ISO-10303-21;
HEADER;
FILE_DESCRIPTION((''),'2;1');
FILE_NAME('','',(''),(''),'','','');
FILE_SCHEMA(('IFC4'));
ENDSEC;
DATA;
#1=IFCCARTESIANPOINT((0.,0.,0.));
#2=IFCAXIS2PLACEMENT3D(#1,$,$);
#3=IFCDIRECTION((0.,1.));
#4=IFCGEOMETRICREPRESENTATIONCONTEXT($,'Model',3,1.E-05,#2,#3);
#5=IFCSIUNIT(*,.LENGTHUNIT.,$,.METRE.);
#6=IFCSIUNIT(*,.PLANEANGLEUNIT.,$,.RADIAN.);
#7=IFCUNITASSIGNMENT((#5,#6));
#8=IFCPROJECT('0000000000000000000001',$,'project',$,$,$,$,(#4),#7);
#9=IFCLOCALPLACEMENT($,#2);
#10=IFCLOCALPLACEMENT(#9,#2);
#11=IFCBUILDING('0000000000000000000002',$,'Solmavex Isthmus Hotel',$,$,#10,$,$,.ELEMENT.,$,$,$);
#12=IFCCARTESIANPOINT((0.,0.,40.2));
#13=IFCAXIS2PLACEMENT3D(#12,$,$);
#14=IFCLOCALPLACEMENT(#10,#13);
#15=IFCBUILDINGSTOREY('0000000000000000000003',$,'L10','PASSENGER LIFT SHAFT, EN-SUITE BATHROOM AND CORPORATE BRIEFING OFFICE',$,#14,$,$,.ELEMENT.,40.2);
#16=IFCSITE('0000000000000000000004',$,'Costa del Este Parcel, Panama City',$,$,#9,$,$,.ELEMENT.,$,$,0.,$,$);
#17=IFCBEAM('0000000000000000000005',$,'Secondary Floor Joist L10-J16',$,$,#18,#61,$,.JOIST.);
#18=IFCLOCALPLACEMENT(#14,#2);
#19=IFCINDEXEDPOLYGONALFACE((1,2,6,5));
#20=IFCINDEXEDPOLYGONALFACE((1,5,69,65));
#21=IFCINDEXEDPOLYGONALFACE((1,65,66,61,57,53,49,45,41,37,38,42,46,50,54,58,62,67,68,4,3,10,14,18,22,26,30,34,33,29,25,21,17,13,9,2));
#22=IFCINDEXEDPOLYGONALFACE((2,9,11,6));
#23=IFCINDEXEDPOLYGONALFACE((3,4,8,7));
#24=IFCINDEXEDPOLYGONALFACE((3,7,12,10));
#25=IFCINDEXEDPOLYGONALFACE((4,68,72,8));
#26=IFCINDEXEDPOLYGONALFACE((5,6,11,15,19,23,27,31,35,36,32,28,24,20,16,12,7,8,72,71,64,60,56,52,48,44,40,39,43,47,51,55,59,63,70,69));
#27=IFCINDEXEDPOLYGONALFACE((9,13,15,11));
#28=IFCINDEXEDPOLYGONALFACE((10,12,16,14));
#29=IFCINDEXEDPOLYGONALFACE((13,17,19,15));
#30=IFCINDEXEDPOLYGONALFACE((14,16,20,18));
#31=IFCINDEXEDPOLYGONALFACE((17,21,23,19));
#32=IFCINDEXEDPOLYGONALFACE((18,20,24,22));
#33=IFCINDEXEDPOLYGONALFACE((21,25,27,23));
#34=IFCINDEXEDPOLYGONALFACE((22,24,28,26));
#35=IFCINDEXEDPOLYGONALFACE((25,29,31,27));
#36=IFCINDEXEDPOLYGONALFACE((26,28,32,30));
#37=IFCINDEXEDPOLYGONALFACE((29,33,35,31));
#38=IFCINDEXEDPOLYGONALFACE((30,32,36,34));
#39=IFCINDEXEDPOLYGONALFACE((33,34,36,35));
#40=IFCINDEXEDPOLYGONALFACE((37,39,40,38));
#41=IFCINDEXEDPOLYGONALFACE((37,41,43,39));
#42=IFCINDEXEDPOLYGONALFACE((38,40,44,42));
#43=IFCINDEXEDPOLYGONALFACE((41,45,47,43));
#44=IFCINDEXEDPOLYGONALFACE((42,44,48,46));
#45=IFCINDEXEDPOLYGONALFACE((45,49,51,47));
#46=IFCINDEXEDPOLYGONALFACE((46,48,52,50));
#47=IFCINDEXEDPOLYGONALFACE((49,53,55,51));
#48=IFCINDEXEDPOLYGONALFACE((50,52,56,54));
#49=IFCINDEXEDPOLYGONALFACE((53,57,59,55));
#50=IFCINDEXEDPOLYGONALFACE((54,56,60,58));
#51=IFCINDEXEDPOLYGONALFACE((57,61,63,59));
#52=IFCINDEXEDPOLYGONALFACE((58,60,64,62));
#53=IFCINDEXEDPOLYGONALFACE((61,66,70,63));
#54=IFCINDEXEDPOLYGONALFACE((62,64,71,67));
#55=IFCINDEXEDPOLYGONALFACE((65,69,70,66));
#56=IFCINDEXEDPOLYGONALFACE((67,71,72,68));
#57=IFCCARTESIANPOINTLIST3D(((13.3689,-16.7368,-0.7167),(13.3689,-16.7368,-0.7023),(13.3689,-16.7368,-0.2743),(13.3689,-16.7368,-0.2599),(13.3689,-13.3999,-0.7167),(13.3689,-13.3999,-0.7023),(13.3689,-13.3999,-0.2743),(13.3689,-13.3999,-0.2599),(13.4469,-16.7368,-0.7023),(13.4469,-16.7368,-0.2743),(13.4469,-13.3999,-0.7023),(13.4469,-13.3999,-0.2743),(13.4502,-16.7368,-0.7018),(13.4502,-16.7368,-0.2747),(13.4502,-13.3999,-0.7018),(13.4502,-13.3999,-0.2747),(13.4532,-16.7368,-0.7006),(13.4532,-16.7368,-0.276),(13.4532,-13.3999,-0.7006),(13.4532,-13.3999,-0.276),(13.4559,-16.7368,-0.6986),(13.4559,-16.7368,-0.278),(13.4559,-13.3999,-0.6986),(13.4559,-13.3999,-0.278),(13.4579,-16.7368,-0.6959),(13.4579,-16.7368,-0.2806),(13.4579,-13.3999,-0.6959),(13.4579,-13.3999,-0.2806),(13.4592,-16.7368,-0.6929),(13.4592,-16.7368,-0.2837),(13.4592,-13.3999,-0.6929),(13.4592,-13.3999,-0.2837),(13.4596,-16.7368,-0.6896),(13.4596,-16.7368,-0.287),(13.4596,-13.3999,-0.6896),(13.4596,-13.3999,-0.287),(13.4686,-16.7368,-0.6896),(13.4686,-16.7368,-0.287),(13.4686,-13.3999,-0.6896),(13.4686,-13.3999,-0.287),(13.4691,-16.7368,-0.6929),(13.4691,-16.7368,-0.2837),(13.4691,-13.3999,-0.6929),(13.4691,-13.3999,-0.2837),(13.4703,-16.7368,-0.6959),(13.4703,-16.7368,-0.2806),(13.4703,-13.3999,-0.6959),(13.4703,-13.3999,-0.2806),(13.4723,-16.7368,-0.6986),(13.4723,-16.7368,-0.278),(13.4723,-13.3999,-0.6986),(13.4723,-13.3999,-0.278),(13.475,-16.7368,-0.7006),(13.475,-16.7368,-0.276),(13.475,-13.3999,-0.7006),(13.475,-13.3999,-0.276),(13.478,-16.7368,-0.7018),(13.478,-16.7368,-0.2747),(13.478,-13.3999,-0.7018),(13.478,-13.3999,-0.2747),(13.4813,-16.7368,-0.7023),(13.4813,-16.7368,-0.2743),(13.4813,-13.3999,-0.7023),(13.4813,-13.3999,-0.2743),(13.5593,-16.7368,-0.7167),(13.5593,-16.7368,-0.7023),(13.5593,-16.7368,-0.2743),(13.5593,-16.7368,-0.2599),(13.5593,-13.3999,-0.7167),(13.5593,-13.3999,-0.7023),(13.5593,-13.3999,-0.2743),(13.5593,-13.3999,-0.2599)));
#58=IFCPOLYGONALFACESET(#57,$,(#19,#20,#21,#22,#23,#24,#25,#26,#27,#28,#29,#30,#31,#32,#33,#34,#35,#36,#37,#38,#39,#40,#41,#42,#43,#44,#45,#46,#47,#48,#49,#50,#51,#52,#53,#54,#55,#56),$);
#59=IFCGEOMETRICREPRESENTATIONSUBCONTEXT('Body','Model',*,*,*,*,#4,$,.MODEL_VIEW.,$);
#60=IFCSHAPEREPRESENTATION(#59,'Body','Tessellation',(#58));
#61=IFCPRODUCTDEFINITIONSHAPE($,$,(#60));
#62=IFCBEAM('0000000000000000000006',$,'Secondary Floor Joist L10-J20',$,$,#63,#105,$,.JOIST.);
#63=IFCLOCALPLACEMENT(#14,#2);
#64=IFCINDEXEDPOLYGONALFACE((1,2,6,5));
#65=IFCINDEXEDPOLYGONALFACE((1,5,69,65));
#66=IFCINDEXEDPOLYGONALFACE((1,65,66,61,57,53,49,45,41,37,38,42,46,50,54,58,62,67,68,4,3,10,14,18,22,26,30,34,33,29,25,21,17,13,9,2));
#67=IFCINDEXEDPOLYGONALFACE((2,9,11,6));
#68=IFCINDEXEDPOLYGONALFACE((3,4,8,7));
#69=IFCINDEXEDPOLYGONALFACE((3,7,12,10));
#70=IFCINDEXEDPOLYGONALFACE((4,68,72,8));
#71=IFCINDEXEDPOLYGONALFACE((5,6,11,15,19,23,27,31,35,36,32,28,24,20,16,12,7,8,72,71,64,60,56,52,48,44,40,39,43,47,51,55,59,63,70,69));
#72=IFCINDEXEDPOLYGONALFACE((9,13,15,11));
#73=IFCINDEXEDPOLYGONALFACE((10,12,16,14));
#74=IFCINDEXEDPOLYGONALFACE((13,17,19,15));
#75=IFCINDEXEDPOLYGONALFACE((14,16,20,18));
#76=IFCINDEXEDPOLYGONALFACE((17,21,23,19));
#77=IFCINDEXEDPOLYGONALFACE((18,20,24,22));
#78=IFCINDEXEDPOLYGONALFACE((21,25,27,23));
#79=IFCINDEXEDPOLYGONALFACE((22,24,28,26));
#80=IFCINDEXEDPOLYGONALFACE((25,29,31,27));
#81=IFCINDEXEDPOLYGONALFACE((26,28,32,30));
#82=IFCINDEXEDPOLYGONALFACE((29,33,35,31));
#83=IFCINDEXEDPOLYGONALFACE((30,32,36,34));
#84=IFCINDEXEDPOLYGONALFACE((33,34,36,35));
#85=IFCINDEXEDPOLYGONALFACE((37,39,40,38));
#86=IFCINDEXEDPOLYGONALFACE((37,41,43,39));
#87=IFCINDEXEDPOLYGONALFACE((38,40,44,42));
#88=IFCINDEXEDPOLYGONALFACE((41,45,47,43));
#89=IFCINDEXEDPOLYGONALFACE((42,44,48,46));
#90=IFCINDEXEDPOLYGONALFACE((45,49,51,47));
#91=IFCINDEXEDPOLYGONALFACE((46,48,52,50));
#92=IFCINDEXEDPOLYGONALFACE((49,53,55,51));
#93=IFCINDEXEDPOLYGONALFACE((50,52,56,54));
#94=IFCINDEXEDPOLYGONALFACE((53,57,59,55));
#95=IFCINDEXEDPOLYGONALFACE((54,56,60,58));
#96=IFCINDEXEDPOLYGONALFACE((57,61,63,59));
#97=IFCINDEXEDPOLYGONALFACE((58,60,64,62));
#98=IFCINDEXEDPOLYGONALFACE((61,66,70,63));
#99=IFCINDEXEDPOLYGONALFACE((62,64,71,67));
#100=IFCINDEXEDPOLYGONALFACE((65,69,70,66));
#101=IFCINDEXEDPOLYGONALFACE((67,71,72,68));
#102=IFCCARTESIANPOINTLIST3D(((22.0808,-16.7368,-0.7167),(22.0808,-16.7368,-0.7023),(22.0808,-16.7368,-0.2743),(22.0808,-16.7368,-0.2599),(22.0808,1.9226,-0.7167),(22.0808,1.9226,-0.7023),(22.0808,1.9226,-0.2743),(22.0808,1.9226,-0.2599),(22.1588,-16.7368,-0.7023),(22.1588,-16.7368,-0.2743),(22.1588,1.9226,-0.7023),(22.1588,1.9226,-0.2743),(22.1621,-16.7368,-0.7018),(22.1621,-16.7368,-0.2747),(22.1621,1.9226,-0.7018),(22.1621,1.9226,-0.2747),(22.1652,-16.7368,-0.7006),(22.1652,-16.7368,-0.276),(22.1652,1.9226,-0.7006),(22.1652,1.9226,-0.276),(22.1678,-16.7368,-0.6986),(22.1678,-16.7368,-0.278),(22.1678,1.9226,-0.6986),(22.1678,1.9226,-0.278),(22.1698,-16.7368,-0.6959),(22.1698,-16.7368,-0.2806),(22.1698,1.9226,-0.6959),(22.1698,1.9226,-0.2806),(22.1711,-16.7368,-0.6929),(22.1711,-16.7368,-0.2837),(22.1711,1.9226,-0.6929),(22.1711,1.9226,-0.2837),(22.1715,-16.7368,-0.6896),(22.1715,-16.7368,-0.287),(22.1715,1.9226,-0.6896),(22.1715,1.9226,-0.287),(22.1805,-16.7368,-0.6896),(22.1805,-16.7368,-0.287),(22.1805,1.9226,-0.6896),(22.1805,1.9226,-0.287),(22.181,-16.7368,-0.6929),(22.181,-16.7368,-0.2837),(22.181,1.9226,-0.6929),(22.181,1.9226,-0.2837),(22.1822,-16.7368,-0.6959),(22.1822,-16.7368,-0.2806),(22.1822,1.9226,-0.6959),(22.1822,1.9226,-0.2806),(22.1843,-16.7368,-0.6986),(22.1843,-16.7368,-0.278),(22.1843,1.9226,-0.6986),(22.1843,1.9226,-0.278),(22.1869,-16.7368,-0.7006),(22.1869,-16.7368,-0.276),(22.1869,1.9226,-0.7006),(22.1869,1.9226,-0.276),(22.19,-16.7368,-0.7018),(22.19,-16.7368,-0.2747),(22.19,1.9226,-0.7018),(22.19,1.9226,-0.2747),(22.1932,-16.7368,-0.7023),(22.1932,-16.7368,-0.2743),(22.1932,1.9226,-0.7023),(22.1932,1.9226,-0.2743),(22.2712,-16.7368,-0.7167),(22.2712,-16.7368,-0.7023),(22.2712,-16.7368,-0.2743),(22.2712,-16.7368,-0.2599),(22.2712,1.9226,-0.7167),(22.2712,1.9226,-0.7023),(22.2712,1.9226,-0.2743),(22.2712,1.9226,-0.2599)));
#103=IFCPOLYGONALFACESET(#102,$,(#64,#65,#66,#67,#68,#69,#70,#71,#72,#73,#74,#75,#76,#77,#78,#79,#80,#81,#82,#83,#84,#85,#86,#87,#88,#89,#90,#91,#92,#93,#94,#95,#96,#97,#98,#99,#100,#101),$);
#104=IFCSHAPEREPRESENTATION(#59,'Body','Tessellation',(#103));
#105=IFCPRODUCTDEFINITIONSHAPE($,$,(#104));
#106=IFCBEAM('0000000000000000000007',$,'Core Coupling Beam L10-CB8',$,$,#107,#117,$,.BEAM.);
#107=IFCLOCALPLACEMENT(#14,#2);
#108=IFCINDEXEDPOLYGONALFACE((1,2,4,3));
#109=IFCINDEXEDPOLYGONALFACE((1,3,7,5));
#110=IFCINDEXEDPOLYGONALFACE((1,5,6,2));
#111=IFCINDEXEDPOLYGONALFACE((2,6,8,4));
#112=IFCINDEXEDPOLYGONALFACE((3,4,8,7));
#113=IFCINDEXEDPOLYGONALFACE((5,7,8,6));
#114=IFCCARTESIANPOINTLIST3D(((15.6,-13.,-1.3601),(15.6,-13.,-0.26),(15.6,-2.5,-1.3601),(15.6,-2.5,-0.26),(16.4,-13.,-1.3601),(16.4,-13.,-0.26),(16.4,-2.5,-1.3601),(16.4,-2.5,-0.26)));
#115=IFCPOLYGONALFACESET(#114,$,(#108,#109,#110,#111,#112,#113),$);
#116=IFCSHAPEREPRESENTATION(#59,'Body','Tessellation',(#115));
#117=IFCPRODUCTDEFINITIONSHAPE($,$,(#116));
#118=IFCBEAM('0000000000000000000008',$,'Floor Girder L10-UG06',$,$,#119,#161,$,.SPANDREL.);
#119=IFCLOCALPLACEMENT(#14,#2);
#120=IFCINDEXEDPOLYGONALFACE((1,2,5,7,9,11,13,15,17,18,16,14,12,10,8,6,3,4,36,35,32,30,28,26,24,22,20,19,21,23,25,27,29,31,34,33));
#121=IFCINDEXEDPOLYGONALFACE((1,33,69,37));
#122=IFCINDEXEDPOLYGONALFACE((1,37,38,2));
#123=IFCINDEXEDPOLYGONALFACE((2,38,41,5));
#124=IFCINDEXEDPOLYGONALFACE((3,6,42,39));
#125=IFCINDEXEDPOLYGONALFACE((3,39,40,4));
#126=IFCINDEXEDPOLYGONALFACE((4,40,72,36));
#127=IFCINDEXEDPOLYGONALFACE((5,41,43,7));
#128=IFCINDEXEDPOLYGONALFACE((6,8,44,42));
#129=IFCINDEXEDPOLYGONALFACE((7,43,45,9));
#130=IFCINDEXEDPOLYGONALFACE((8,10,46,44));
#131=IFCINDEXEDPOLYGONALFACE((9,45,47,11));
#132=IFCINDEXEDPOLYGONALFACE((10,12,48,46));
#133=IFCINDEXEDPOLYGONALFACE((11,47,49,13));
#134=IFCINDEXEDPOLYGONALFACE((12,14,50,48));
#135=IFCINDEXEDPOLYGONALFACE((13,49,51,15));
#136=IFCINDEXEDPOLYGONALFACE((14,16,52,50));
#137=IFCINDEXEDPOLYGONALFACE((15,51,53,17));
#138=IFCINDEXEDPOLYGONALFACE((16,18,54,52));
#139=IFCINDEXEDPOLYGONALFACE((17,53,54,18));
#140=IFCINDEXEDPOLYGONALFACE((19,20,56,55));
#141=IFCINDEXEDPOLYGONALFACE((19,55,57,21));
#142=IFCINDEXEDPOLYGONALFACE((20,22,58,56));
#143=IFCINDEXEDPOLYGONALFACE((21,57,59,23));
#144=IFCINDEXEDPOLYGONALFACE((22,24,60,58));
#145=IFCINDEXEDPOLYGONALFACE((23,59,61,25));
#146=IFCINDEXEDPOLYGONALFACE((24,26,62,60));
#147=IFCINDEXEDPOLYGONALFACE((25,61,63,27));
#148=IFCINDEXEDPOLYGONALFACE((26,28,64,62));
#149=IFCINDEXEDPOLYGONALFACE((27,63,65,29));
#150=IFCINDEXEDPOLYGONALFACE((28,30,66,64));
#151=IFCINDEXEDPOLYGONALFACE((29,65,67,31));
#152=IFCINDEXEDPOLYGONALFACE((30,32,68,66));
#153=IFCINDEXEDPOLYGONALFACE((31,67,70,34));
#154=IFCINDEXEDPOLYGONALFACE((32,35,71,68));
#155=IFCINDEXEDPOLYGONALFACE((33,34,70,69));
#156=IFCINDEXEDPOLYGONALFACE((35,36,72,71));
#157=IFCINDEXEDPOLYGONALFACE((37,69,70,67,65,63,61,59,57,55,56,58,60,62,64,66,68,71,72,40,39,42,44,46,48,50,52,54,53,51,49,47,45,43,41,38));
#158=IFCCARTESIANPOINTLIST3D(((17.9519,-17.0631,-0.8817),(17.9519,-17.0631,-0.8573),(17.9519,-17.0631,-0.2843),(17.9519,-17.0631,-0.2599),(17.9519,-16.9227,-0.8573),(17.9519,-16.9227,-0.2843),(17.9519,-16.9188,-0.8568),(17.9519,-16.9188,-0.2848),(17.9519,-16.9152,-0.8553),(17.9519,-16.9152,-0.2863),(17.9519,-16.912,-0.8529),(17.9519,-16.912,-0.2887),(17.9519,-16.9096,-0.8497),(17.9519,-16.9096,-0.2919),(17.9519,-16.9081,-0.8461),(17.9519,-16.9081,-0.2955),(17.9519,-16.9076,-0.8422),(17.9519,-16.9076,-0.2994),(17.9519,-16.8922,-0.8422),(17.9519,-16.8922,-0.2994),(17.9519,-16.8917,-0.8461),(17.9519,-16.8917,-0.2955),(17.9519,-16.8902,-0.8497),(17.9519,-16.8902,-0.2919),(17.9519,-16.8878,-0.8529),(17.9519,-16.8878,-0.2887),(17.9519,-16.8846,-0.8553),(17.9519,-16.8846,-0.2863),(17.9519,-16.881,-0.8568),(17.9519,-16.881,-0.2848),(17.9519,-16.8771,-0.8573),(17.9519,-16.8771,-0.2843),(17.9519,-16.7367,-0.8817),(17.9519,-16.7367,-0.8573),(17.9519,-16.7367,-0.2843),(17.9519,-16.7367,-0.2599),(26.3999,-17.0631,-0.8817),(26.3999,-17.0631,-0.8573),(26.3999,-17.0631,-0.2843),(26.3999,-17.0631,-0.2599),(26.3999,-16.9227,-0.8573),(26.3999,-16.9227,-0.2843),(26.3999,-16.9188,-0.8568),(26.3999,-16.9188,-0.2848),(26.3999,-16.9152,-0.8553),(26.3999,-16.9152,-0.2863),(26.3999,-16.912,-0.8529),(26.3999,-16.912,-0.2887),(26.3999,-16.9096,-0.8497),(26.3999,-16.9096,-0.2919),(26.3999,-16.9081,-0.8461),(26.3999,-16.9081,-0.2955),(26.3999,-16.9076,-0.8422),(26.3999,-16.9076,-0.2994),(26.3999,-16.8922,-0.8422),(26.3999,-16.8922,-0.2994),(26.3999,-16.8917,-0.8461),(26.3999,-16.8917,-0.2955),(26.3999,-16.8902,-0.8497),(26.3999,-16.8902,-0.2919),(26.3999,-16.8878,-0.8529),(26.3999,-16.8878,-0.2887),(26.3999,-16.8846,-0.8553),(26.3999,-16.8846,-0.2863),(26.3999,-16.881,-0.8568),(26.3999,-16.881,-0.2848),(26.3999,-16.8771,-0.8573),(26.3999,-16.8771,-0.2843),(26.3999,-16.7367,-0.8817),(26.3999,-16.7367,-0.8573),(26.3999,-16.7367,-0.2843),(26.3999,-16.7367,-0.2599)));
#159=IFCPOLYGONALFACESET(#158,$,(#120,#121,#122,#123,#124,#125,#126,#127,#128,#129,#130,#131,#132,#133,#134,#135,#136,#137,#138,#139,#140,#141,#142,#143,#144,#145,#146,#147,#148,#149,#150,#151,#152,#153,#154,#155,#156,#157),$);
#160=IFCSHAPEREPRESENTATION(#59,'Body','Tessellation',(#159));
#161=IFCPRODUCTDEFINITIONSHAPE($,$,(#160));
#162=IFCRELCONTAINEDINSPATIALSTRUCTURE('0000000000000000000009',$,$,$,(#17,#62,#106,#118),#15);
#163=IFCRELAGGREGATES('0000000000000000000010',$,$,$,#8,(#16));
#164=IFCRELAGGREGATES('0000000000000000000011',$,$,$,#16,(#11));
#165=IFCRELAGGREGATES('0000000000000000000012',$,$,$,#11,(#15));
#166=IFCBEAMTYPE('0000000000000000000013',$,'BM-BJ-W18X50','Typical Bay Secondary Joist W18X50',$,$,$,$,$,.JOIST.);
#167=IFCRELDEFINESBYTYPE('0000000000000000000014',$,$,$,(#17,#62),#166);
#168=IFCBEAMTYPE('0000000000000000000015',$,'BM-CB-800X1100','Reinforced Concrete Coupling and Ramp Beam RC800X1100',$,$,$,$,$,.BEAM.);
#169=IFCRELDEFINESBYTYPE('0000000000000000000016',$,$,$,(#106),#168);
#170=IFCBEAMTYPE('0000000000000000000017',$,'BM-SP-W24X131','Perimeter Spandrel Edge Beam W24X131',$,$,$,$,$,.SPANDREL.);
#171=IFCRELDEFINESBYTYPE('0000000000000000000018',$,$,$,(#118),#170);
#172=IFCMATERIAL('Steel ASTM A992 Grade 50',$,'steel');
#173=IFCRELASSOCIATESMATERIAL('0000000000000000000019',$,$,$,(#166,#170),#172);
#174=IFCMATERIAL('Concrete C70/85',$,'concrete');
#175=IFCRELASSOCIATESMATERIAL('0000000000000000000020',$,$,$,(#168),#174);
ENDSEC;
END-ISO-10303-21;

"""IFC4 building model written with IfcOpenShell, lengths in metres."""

from ifc_helpers import new_model, si_unit, direction, frame, origin, origin_2d, place, context, subcontext, project, spatial, rectangle, i_section, extrude, material, material_profile, profile_set, type_object, element, save


model = new_model("IFC4")

# Units and contexts
model_context = context("Model", 3, precision=1e-05, world=origin(), true_north=direction((0.0, 1.0)))
body_context = subcontext(model_context, "Body", "Model", "MODEL_VIEW")
ifc_project = project(units=[si_unit("LENGTHUNIT", "METRE"), si_unit("PLANEANGLEUNIT", "RADIAN")], contexts=[model_context])

# Site, building, storey
site_placement = place(None, origin())
site = spatial("IfcSite", under=ifc_project, at=site_placement, Name="Costa del Este Parcel, Panama City", CompositionType="ELEMENT", RefElevation=0.0)
building_placement = place(site_placement, origin())
building = spatial("IfcBuilding", under=site, at=building_placement, Name="Solmavex Isthmus Hotel", CompositionType="ELEMENT")
storey_placement = place(building_placement, frame((0.0, 0.0, 40.2)))
storey = spatial("IfcBuildingStorey", under=building, at=storey_placement, Name="L10", Description="PASSENGER LIFT SHAFT, EN-SUITE BATHROOM AND CORPORATE BRIEFING OFFICE", CompositionType="ELEMENT", Elevation=40.2)

# Shared definitions
ifc_material_1 = material(Name="Concrete C70/85", Category="concrete")

# Beams
ifc_material_2 = material(Name="Steel ASTM A992 Grade 50", Category="steel")
ifc_material_profile_1 = material_profile(ifc_material_2, i_section(OverallWidth=0.1904, OverallDepth=0.4568, WebThickness=0.009, FlangeThickness=0.0144, FilletRadius=0.0127, at=origin_2d()), Name="W18X50")
ifc_profile_set_1 = profile_set([ifc_material_profile_1], Name="Steel ASTM A992 Grade 50")
beam_type_1 = type_object("IfcBeamType", Name="BM-BJ-W18X50", Description="Typical Bay Secondary Joist W18X50", PredefinedType="JOIST", material=ifc_profile_set_1)
beam_1_placement = place(storey_placement, frame((13.4641, -16.7368, -0.4883), z_axis=(0.0, 1.0, 0.0), x_axis=(-1.0, 0.0, 0.0)))
element("IfcBeam", 1, at=beam_1_placement, inside=storey, type_object=beam_type_1, Name="Secondary Floor Joist L10-J16", PredefinedType="JOIST", context=body_context, shape_type="SweptSolid", body=[
    extrude(i_section(OverallWidth=0.1904, OverallDepth=0.4568, WebThickness=0.009, FlangeThickness=0.0144, FilletRadius=0.0127, at=origin_2d()), origin(), (0.0, 0.0, 1.0), 3.3369),
])
beam_2_placement = place(storey_placement, frame((22.176, -16.7368, -0.4883), z_axis=(0.0, 1.0, 0.0), x_axis=(-1.0, 0.0, 0.0)))
element("IfcBeam", 2, at=beam_2_placement, inside=storey, type_object=beam_type_1, Name="Secondary Floor Joist L10-J20", PredefinedType="JOIST", context=body_context, shape_type="SweptSolid", body=[
    extrude(i_section(OverallWidth=0.1904, OverallDepth=0.4568, WebThickness=0.009, FlangeThickness=0.0144, FilletRadius=0.0127, at=origin_2d()), origin(), (0.0, 0.0, 1.0), 18.6594),
])
ifc_material_profile_2 = material_profile(ifc_material_1, rectangle(XDim=0.8, YDim=1.1001, at=origin_2d()), Name="RC800X1100")
ifc_profile_set_2 = profile_set([ifc_material_profile_2], Name="Concrete C70/85")
beam_type_2 = type_object("IfcBeamType", Name="BM-CB-800X1100", Description="Reinforced Concrete Coupling and Ramp Beam RC800X1100", PredefinedType="BEAM", material=ifc_profile_set_2)
beam_3_placement = place(storey_placement, frame((16.0, -13.0, -0.8101), z_axis=(0.0, 1.0, 0.0), x_axis=(-1.0, 0.0, 0.0)))
element("IfcBeam", 3, at=beam_3_placement, inside=storey, type_object=beam_type_2, Name="Core Coupling Beam L10-CB8", PredefinedType="BEAM", context=body_context, shape_type="SweptSolid", body=[
    extrude(rectangle(XDim=0.8, YDim=1.1001, at=origin_2d()), origin(), (0.0, 0.0, 1.0), 10.5),
])
ifc_material_profile_3 = material_profile(ifc_material_2, i_section(OverallWidth=0.3264, OverallDepth=0.6218, WebThickness=0.0154, FlangeThickness=0.0244, FilletRadius=0.0151, at=origin_2d()), Name="W24X131")
ifc_profile_set_3 = profile_set([ifc_material_profile_3], Name="Steel ASTM A992 Grade 50")
beam_type_3 = type_object("IfcBeamType", Name="BM-SP-W24X131", Description="Perimeter Spandrel Edge Beam W24X131", PredefinedType="SPANDREL", material=ifc_profile_set_3)
beam_4_placement = place(storey_placement, frame((17.9519, -16.8999, -0.5708), z_axis=(1.0, 0.0, 0.0), x_axis=(0.0, 1.0, 0.0)))
element("IfcBeam", 4, at=beam_4_placement, inside=storey, type_object=beam_type_3, Name="Floor Girder L10-UG06", PredefinedType="SPANDREL", context=body_context, shape_type="SweptSolid", body=[
    extrude(i_section(OverallWidth=0.3264, OverallDepth=0.6218, WebThickness=0.0154, FlangeThickness=0.0244, FilletRadius=0.0151, at=origin_2d()), origin(), (0.0, 0.0, 1.0), 8.448),
])

save(model, "model.ifc")
